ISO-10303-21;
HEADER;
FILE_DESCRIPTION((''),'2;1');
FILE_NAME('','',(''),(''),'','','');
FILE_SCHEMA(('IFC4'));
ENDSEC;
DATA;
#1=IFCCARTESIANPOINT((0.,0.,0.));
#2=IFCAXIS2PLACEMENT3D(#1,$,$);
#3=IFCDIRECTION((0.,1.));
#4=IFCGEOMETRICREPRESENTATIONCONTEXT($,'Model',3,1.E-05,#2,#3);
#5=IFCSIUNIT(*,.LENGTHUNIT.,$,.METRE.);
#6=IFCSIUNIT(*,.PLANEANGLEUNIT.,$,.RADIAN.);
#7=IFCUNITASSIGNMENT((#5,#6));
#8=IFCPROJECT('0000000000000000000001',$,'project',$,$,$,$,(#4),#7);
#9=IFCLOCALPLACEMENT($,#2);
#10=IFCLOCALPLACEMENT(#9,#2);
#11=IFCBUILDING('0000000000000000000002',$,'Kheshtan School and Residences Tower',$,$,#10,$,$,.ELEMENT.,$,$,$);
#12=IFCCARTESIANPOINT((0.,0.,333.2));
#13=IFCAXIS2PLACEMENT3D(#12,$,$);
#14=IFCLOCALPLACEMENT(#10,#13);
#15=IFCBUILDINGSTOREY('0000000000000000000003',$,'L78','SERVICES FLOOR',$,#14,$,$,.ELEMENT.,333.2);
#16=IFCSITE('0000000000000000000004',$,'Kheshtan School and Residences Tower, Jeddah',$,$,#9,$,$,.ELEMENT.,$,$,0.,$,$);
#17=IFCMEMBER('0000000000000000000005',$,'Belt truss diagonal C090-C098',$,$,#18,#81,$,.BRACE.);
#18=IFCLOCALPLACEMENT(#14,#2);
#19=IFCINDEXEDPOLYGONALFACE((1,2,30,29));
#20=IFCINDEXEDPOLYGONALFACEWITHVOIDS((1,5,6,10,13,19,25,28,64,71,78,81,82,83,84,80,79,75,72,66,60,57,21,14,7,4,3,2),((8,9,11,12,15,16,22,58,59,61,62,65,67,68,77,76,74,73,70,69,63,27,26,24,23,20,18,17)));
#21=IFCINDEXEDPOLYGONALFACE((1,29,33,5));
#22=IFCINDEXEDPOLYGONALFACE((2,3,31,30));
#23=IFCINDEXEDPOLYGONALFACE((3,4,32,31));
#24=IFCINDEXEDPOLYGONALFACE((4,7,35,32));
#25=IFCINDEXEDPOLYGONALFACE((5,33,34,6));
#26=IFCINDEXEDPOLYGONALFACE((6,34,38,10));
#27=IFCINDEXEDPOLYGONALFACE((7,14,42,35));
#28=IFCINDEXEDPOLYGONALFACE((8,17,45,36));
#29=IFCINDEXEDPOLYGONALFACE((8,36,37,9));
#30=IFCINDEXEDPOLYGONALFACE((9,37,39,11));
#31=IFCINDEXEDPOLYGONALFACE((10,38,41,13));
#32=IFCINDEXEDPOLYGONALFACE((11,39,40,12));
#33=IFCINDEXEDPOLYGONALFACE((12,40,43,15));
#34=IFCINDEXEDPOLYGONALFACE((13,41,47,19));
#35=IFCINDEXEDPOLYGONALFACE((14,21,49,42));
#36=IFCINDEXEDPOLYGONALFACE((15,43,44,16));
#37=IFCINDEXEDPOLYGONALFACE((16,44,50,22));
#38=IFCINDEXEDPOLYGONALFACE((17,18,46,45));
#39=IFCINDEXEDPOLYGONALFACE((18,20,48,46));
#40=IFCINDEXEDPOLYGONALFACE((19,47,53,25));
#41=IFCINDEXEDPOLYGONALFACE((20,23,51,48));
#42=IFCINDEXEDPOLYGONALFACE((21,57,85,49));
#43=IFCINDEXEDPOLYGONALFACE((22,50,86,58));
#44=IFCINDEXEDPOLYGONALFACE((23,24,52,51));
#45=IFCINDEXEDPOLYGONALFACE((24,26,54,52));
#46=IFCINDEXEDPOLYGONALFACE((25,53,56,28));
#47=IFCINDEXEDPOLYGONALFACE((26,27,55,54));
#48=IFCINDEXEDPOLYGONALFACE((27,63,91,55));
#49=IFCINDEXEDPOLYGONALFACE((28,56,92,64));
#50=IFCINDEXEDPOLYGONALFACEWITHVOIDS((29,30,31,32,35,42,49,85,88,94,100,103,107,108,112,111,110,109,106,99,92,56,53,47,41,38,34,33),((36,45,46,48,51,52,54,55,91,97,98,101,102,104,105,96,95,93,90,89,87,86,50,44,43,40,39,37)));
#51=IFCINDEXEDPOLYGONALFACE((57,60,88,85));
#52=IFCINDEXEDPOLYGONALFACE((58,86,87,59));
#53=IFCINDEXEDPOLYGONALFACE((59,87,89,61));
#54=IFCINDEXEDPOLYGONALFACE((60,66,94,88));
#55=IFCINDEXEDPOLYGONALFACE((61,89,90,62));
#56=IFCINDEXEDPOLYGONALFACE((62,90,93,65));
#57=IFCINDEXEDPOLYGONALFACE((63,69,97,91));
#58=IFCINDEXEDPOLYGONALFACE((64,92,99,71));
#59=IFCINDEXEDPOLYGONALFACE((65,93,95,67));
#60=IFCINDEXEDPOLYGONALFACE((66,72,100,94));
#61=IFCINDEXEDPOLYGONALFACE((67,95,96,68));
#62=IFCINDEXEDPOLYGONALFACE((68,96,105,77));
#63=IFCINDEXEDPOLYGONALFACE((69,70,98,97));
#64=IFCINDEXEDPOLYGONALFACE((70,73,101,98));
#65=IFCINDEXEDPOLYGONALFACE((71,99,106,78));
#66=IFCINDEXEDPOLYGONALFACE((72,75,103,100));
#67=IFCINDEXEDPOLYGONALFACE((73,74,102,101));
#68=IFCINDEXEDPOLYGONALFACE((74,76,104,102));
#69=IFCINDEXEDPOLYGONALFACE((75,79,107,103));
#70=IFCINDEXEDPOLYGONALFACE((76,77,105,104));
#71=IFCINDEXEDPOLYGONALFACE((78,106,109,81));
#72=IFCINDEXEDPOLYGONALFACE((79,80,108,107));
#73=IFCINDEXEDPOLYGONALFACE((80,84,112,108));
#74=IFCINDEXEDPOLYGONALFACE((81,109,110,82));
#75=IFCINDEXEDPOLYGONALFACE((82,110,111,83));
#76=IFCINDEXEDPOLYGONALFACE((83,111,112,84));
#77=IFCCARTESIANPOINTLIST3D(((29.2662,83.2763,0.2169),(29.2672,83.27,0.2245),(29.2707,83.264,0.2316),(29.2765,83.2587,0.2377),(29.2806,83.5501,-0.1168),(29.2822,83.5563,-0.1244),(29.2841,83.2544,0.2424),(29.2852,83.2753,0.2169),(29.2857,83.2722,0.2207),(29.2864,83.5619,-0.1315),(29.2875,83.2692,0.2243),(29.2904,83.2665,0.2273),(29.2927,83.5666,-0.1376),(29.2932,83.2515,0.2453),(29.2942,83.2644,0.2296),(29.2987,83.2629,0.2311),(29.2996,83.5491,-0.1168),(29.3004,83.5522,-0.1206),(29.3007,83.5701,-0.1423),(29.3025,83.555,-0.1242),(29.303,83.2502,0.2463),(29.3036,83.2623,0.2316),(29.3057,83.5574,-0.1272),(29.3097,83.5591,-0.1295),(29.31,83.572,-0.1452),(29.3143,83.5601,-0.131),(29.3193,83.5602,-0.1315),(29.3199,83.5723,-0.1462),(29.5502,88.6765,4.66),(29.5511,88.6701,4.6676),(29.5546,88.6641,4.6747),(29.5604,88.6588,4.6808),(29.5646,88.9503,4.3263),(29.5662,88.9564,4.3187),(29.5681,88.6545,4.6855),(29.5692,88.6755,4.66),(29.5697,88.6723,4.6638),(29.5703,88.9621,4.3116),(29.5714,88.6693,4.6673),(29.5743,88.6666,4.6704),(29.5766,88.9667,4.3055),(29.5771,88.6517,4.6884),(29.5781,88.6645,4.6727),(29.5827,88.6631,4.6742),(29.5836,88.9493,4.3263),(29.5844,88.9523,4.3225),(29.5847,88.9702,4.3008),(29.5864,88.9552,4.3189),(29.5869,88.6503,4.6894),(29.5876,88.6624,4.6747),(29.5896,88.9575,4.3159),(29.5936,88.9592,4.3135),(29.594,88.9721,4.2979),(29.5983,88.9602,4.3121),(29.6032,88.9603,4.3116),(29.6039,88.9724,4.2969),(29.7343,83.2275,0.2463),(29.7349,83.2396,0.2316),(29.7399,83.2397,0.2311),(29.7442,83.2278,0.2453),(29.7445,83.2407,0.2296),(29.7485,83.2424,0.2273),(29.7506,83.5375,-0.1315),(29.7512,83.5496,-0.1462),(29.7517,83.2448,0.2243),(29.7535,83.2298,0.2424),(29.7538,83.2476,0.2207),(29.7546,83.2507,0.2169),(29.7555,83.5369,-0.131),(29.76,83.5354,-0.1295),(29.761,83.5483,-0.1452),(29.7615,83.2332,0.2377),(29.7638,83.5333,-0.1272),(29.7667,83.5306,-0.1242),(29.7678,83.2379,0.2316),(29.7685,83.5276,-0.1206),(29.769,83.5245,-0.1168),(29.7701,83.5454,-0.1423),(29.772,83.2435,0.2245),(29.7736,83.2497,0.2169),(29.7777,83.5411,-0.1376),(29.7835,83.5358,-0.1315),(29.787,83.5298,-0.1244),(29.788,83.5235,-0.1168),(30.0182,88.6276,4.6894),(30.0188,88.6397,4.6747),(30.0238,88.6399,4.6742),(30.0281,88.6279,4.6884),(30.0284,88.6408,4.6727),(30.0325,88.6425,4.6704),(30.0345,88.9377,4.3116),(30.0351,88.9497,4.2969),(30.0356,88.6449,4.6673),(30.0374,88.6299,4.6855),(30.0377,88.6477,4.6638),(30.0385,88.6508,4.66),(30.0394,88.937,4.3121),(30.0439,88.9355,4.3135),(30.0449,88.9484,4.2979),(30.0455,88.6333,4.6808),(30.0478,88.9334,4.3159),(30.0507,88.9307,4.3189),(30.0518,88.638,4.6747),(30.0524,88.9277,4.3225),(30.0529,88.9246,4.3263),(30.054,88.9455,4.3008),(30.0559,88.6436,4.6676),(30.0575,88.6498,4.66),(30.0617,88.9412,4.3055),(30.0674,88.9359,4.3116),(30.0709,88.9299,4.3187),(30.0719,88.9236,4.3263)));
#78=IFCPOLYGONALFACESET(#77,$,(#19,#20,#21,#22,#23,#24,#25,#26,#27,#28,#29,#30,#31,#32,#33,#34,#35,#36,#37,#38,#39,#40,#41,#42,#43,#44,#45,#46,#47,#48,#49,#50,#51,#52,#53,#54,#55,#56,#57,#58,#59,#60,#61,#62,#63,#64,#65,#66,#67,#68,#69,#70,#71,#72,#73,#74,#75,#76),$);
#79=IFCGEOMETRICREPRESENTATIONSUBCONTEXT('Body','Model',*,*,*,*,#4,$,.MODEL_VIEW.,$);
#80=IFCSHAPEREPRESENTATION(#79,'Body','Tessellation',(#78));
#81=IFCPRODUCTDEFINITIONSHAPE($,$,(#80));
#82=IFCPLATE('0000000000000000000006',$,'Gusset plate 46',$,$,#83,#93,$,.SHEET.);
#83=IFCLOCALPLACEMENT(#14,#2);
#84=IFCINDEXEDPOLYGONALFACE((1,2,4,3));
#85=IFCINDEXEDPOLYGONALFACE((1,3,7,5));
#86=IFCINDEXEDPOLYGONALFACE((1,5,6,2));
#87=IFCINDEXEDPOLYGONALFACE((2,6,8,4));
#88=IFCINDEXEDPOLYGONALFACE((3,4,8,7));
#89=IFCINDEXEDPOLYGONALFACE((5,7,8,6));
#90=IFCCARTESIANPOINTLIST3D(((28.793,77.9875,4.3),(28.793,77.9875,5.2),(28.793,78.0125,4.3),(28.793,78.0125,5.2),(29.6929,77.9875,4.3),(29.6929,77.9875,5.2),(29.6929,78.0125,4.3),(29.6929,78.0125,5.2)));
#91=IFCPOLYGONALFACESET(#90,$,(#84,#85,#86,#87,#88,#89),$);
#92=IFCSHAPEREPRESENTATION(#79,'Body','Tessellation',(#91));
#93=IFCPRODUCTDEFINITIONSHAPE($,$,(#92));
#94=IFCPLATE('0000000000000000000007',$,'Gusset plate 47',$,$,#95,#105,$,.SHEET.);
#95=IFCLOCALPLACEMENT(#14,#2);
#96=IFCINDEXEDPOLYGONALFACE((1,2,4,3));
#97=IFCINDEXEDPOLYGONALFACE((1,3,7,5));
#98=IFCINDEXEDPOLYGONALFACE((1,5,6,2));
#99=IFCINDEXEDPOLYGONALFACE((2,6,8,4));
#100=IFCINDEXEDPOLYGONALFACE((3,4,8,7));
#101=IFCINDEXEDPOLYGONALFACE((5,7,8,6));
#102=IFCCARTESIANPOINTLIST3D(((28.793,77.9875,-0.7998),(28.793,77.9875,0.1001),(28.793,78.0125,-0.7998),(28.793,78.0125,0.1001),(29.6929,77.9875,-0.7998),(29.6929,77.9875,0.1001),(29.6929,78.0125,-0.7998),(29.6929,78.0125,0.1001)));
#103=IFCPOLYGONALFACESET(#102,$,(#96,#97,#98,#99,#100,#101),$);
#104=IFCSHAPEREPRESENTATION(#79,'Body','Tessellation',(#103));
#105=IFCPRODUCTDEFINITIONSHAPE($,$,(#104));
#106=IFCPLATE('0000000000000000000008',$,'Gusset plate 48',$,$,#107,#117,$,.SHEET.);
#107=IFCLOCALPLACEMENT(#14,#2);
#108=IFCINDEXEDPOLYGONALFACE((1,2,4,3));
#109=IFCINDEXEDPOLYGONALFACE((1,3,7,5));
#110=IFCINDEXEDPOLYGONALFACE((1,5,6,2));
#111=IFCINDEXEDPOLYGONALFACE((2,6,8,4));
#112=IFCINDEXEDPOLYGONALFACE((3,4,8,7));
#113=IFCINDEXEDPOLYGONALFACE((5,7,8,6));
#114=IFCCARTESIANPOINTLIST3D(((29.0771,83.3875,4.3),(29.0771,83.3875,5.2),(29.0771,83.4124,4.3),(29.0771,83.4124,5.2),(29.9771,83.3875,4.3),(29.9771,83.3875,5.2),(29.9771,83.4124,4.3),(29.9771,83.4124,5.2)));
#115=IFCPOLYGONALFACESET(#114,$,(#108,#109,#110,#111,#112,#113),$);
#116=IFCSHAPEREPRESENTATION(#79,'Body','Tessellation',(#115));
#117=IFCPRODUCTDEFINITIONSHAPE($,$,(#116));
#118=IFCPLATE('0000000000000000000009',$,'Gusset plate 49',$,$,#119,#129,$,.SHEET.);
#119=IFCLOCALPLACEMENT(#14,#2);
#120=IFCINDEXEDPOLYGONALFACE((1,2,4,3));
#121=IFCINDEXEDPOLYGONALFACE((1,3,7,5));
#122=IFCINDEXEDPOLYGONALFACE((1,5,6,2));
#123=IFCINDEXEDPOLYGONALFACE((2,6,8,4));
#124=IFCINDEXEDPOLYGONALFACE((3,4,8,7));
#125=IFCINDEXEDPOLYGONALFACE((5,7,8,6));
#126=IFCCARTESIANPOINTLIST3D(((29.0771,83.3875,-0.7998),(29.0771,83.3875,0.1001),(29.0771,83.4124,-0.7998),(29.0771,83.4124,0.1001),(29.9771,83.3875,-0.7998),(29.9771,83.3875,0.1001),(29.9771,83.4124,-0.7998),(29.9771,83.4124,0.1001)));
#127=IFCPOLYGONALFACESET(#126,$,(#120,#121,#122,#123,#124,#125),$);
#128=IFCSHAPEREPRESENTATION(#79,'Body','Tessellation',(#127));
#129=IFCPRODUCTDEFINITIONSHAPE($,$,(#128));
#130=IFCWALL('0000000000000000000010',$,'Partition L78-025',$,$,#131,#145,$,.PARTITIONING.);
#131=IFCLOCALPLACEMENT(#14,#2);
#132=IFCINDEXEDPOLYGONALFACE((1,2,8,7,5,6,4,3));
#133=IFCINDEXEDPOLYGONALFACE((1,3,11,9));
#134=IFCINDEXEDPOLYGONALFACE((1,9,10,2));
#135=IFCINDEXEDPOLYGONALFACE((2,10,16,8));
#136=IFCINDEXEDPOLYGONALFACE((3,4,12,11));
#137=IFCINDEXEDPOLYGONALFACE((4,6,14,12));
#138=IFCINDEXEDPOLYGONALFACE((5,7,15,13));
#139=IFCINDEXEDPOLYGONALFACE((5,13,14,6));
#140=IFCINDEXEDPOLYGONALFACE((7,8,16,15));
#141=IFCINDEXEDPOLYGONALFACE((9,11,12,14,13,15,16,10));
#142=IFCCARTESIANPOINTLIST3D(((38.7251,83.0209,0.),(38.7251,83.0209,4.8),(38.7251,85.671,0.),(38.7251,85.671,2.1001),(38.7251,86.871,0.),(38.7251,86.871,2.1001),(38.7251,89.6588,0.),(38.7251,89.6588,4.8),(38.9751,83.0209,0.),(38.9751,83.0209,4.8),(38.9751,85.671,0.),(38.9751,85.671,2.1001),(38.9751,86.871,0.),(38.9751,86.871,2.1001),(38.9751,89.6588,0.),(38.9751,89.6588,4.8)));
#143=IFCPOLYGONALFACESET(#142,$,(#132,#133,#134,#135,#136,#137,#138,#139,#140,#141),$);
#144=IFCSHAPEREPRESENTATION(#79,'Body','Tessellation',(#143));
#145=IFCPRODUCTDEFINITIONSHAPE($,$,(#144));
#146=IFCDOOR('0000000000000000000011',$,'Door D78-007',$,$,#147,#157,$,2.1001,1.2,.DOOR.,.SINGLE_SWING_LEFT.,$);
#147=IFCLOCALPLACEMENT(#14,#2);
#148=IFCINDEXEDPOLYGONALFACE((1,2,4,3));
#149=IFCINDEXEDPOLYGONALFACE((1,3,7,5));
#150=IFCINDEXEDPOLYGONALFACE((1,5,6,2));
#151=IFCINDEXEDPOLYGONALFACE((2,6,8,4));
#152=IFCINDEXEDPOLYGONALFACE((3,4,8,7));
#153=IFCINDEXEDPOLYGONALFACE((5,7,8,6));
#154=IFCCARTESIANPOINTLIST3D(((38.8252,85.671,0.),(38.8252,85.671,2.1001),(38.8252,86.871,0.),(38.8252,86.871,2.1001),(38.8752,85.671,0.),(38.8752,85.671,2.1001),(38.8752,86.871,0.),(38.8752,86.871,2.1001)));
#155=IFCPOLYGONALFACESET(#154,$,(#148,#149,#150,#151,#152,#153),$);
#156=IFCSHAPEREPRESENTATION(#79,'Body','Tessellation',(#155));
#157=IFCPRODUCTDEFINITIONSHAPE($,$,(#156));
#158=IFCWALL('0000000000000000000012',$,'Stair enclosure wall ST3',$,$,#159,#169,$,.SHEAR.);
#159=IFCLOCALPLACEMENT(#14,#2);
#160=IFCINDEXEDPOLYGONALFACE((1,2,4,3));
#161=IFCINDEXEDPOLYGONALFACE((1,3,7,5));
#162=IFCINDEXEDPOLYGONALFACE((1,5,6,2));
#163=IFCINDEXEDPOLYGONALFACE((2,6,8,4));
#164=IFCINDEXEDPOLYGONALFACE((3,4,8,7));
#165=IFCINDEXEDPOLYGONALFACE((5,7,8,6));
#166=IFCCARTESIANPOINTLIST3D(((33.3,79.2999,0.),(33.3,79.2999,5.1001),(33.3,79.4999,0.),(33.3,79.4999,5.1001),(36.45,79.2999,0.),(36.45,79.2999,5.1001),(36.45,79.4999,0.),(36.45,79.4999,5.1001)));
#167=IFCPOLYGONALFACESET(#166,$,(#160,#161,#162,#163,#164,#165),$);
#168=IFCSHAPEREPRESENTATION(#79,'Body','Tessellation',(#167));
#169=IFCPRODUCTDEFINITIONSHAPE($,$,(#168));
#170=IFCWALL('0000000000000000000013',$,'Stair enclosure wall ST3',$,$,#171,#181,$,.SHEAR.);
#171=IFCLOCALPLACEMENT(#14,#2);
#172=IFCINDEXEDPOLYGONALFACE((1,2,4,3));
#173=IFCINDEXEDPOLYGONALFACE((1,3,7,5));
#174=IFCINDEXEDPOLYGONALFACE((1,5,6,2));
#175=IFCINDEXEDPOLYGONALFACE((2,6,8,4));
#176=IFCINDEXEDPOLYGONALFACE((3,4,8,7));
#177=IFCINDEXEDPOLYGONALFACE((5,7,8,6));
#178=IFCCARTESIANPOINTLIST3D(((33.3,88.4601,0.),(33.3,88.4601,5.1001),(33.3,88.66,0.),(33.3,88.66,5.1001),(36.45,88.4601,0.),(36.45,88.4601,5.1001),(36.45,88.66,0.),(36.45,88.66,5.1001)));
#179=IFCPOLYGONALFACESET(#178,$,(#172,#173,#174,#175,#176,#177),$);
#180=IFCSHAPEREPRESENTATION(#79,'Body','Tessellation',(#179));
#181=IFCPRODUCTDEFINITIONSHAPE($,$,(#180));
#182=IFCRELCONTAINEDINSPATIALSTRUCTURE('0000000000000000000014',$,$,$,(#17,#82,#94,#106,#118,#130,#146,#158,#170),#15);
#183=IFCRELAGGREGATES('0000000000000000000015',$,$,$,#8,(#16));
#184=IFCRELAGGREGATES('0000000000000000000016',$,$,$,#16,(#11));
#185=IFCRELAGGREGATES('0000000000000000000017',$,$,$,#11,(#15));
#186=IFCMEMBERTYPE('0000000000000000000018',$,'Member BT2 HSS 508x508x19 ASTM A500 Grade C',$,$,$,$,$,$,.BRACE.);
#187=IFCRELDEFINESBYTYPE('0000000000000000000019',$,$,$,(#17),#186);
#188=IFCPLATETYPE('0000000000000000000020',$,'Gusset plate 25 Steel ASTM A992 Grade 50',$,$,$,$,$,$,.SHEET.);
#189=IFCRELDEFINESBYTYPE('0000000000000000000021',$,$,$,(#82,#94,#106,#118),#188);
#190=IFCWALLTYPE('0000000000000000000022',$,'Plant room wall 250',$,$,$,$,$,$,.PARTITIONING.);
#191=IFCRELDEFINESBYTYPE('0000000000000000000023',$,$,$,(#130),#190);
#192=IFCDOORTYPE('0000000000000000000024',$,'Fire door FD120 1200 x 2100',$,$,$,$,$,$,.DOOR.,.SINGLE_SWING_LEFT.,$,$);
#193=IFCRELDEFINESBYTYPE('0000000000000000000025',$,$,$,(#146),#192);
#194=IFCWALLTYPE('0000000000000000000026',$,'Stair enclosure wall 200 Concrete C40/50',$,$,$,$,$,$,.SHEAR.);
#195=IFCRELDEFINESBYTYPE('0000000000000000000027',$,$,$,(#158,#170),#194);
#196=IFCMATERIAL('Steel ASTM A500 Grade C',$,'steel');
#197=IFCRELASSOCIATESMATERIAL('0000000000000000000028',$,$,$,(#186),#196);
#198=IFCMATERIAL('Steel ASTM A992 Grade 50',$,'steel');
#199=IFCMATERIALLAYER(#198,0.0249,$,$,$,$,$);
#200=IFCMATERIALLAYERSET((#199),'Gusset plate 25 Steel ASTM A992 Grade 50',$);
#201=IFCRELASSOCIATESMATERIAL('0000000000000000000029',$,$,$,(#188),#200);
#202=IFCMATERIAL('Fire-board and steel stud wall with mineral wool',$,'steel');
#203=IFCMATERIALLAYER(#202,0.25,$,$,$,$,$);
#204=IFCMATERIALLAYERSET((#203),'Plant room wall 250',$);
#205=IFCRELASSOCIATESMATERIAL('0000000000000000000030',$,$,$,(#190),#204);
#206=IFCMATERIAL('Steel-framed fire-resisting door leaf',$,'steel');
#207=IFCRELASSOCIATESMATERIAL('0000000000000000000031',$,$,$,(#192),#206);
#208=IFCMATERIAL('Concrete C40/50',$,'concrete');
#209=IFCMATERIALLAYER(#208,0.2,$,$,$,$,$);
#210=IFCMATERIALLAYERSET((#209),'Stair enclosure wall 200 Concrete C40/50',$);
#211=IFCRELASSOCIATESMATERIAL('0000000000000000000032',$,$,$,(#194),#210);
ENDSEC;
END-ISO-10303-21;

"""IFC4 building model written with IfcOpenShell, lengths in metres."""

from ifc_helpers import new_model, si_unit, direction, frame, frame_2d, origin, origin_2d, place, context, subcontext, project, spatial, rectangle, hollow_rectangle, extrude, source, transform, mapped, material, layer, layer_set, material_profile, profile_set, type_object, element, fill, save


model = new_model("IFC4")

# Units and contexts
model_context = context("Model", 3, precision=1e-05, world=origin(), true_north=direction((0.0, 1.0)))
body_context = subcontext(model_context, "Body", "Model", "MODEL_VIEW")
ifc_project = project(units=[si_unit("LENGTHUNIT", "METRE"), si_unit("PLANEANGLEUNIT", "RADIAN")], contexts=[model_context])

# Site, building, storey
site_placement = place(None, origin())
site = spatial("IfcSite", under=ifc_project, at=site_placement, Name="Kheshtan School and Residences Tower, Jeddah", CompositionType="ELEMENT", RefElevation=0.0)
building_placement = place(site_placement, origin())
building = spatial("IfcBuilding", under=site, at=building_placement, Name="Kheshtan School and Residences Tower", CompositionType="ELEMENT")
storey_placement = place(building_placement, frame((0.0, 0.0, 333.2)))
storey = spatial("IfcBuildingStorey", under=building, at=storey_placement, Name="L78", Description="SERVICES FLOOR", CompositionType="ELEMENT", Elevation=333.2)

# Shared definitions
ifc_material_1 = material(Name="Steel ASTM A992 Grade 50", Category="steel")

# Member
ifc_material_2 = material(Name="Steel ASTM A500 Grade C", Category="steel")
ifc_material_profile_1 = material_profile(ifc_material_2, hollow_rectangle(XDim=0.5081, YDim=0.5081, WallThickness=0.019, InnerFilletRadius=0.019, OuterFilletRadius=0.0381, at=origin_2d()), Name="HSS 508x508x19")
ifc_profile_set_1 = profile_set([ifc_material_profile_1], Name="Steel ASTM A500 Grade C")
member_type = type_object("IfcMemberType", Name="Member BT2 HSS 508x508x19 ASTM A500 Grade C", PredefinedType="BRACE", material=ifc_profile_set_1)
member_1_placement = place(storey_placement, frame((29.5271, 83.3999, 0.05), z_axis=(0.040569, 0.77158, 0.634838), x_axis=(-0.998621, 0.052507, 0.0)))
element("IfcMember", 1, at=member_1_placement, inside=storey, type_object=member_type, Name="Belt truss diagonal C090-C098", PredefinedType="BRACE", context=body_context, shape_type="SweptSolid", body=[
    extrude(hollow_rectangle(XDim=0.5081, YDim=0.5081, WallThickness=0.019, InnerFilletRadius=0.019, OuterFilletRadius=0.0381, at=origin_2d()), origin(), (0.0, 0.0, 1.0), 6.9988),
])

# Plates
ifc_layer_1 = layer(ifc_material_1, 0.0249)
ifc_layer_set_1 = layer_set([ifc_layer_1], Name="Gusset plate 25 Steel ASTM A992 Grade 50")
plate_type = type_object("IfcPlateType", Name="Gusset plate 25 Steel ASTM A992 Grade 50", PredefinedType="SHEET", material=ifc_layer_set_1)
for number, where, z_axis, x_axis, name in (
    (2, (29.2429, 78.0, 4.3), (0.0, 0.0, 1.0), (1.0, 0.0, 0.0), "Gusset plate 46"),
    (3, (29.2429, 78.0, -0.7998), (0.0, 0.0, 1.0), (1.0, 0.0, 0.0), "Gusset plate 47"),
    (4, (29.5271, 83.3999, 4.3), (0.0, 0.0, 1.0), (1.0, 0.0, 0.0), "Gusset plate 48"),
    (5, (29.5271, 83.3999, -0.7998), (0.0, 0.0, 1.0), (1.0, 0.0, 0.0), "Gusset plate 49"),
):
    element("IfcPlate", number, at=place(storey_placement, frame(where, z_axis=z_axis, x_axis=x_axis)), inside=storey, type_object=plate_type, Name=name, PredefinedType="SHEET", context=body_context, shape_type="SweptSolid", body=[
        extrude(rectangle(XDim=0.8999, YDim=0.0249, at=origin_2d()), origin(), (0.0, 0.0, 1.0), 0.8999),
    ])

# Wall, opening, door
ifc_material_3 = material(Name="Fire-board and steel stud wall with mineral wool", Category="steel")
ifc_layer_2 = layer(ifc_material_3, 0.25)
ifc_layer_set_2 = layer_set([ifc_layer_2], Name="Plant room wall 250")
wall_type_1 = type_object("IfcWallType", Name="Plant room wall 250", PredefinedType="PARTITIONING", material=ifc_layer_set_2)
wall_1_placement = place(storey_placement, frame((38.8501, 83.021, 0.0), z_axis=(0.0, 0.0, 1.0), x_axis=(0.0, 1.0, 0.0)))
wall_1 = element("IfcWall", 6, at=wall_1_placement, inside=storey, type_object=wall_type_1, Name="Partition L78-025", PredefinedType="PARTITIONING", context=body_context, shape_type="SweptSolid", body=[
    extrude(rectangle(XDim=6.6379, YDim=0.25, at=frame_2d((3.3188, 0.0))), origin(), (0.0, 0.0, 1.0), 4.8),
])
opening_1_placement = place(wall_1_placement, frame((2.6499, 0.0, 0.0)))
opening_1 = element("IfcOpeningElement", 7, at=opening_1_placement, cuts=wall_1, PredefinedType="OPENING", context=body_context, shape_type="SweptSolid", body=[
    extrude(rectangle(XDim=1.2, YDim=2.1001, at=frame_2d((0.6001, 1.05))), frame((0.0, 0.135, 0.0), z_axis=(0.0, -1.0, 0.0), x_axis=(1.0, 0.0, 0.0)), (0.0, 0.0, 1.0), 0.27),
])
ifc_material_4 = material(Name="Steel-framed fire-resisting door leaf", Category="steel")
door_type_1 = type_object("IfcDoorType", Name="Fire door FD120 1200 x 2100", OperationType="SINGLE_SWING_LEFT", PredefinedType="DOOR", material=ifc_material_4)
shared_shape_1 = source(origin(), body_context, "Body", "SweptSolid", [
    extrude(rectangle(XDim=1.2, YDim=2.1001, at=frame_2d((0.6001, 1.05))), frame((0.0, 0.0249, 0.0), z_axis=(0.0, -1.0, 0.0), x_axis=(1.0, 0.0, 0.0)), (0.0, 0.0, 1.0), 0.05),
])
door_1_placement = place(opening_1_placement, origin())
door_1 = element("IfcDoor", 8, at=door_1_placement, inside=storey, type_object=door_type_1, Name="Door D78-007", OperationType="SINGLE_SWING_LEFT", OverallHeight=2.1001, OverallWidth=1.2, PredefinedType="DOOR", context=body_context, shape_type="MappedRepresentation", body=[
    mapped(shared_shape_1, transform((0.0, 0.0, 0.0), x_axis=(1.0, 0.0, 0.0), y_axis=(0.0, 1.0, 0.0), z_axis=(0.0, 0.0, 1.0), scale=1.0)),
])
fill(opening_1, door_1)

# Walls
ifc_material_5 = material(Name="Concrete C40/50", Category="concrete")
ifc_layer_3 = layer(ifc_material_5, 0.2)
ifc_layer_set_3 = layer_set([ifc_layer_3], Name="Stair enclosure wall 200 Concrete C40/50")
wall_type_2 = type_object("IfcWallType", Name="Stair enclosure wall 200 Concrete C40/50", PredefinedType="SHEAR", material=ifc_layer_set_3)
for number, where, z_axis, x_axis, name in (
    (9, (33.3, 79.3999, 0.0), (0.0, 0.0, 1.0), (1.0, 0.0, 0.0), "Stair enclosure wall ST3"),
    (10, (33.3, 88.5601, 0.0), (0.0, 0.0, 1.0), (1.0, 0.0, 0.0), "Stair enclosure wall ST3"),
):
    element("IfcWall", number, at=place(storey_placement, frame(where, z_axis=z_axis, x_axis=x_axis)), inside=storey, type_object=wall_type_2, Name=name, PredefinedType="SHEAR", context=body_context, shape_type="SweptSolid", body=[
        extrude(rectangle(XDim=3.1499, YDim=0.2, at=frame_2d((1.575, 0.0))), origin(), (0.0, 0.0, 1.0), 5.1001),
    ])

save(model, "model.ifc")
